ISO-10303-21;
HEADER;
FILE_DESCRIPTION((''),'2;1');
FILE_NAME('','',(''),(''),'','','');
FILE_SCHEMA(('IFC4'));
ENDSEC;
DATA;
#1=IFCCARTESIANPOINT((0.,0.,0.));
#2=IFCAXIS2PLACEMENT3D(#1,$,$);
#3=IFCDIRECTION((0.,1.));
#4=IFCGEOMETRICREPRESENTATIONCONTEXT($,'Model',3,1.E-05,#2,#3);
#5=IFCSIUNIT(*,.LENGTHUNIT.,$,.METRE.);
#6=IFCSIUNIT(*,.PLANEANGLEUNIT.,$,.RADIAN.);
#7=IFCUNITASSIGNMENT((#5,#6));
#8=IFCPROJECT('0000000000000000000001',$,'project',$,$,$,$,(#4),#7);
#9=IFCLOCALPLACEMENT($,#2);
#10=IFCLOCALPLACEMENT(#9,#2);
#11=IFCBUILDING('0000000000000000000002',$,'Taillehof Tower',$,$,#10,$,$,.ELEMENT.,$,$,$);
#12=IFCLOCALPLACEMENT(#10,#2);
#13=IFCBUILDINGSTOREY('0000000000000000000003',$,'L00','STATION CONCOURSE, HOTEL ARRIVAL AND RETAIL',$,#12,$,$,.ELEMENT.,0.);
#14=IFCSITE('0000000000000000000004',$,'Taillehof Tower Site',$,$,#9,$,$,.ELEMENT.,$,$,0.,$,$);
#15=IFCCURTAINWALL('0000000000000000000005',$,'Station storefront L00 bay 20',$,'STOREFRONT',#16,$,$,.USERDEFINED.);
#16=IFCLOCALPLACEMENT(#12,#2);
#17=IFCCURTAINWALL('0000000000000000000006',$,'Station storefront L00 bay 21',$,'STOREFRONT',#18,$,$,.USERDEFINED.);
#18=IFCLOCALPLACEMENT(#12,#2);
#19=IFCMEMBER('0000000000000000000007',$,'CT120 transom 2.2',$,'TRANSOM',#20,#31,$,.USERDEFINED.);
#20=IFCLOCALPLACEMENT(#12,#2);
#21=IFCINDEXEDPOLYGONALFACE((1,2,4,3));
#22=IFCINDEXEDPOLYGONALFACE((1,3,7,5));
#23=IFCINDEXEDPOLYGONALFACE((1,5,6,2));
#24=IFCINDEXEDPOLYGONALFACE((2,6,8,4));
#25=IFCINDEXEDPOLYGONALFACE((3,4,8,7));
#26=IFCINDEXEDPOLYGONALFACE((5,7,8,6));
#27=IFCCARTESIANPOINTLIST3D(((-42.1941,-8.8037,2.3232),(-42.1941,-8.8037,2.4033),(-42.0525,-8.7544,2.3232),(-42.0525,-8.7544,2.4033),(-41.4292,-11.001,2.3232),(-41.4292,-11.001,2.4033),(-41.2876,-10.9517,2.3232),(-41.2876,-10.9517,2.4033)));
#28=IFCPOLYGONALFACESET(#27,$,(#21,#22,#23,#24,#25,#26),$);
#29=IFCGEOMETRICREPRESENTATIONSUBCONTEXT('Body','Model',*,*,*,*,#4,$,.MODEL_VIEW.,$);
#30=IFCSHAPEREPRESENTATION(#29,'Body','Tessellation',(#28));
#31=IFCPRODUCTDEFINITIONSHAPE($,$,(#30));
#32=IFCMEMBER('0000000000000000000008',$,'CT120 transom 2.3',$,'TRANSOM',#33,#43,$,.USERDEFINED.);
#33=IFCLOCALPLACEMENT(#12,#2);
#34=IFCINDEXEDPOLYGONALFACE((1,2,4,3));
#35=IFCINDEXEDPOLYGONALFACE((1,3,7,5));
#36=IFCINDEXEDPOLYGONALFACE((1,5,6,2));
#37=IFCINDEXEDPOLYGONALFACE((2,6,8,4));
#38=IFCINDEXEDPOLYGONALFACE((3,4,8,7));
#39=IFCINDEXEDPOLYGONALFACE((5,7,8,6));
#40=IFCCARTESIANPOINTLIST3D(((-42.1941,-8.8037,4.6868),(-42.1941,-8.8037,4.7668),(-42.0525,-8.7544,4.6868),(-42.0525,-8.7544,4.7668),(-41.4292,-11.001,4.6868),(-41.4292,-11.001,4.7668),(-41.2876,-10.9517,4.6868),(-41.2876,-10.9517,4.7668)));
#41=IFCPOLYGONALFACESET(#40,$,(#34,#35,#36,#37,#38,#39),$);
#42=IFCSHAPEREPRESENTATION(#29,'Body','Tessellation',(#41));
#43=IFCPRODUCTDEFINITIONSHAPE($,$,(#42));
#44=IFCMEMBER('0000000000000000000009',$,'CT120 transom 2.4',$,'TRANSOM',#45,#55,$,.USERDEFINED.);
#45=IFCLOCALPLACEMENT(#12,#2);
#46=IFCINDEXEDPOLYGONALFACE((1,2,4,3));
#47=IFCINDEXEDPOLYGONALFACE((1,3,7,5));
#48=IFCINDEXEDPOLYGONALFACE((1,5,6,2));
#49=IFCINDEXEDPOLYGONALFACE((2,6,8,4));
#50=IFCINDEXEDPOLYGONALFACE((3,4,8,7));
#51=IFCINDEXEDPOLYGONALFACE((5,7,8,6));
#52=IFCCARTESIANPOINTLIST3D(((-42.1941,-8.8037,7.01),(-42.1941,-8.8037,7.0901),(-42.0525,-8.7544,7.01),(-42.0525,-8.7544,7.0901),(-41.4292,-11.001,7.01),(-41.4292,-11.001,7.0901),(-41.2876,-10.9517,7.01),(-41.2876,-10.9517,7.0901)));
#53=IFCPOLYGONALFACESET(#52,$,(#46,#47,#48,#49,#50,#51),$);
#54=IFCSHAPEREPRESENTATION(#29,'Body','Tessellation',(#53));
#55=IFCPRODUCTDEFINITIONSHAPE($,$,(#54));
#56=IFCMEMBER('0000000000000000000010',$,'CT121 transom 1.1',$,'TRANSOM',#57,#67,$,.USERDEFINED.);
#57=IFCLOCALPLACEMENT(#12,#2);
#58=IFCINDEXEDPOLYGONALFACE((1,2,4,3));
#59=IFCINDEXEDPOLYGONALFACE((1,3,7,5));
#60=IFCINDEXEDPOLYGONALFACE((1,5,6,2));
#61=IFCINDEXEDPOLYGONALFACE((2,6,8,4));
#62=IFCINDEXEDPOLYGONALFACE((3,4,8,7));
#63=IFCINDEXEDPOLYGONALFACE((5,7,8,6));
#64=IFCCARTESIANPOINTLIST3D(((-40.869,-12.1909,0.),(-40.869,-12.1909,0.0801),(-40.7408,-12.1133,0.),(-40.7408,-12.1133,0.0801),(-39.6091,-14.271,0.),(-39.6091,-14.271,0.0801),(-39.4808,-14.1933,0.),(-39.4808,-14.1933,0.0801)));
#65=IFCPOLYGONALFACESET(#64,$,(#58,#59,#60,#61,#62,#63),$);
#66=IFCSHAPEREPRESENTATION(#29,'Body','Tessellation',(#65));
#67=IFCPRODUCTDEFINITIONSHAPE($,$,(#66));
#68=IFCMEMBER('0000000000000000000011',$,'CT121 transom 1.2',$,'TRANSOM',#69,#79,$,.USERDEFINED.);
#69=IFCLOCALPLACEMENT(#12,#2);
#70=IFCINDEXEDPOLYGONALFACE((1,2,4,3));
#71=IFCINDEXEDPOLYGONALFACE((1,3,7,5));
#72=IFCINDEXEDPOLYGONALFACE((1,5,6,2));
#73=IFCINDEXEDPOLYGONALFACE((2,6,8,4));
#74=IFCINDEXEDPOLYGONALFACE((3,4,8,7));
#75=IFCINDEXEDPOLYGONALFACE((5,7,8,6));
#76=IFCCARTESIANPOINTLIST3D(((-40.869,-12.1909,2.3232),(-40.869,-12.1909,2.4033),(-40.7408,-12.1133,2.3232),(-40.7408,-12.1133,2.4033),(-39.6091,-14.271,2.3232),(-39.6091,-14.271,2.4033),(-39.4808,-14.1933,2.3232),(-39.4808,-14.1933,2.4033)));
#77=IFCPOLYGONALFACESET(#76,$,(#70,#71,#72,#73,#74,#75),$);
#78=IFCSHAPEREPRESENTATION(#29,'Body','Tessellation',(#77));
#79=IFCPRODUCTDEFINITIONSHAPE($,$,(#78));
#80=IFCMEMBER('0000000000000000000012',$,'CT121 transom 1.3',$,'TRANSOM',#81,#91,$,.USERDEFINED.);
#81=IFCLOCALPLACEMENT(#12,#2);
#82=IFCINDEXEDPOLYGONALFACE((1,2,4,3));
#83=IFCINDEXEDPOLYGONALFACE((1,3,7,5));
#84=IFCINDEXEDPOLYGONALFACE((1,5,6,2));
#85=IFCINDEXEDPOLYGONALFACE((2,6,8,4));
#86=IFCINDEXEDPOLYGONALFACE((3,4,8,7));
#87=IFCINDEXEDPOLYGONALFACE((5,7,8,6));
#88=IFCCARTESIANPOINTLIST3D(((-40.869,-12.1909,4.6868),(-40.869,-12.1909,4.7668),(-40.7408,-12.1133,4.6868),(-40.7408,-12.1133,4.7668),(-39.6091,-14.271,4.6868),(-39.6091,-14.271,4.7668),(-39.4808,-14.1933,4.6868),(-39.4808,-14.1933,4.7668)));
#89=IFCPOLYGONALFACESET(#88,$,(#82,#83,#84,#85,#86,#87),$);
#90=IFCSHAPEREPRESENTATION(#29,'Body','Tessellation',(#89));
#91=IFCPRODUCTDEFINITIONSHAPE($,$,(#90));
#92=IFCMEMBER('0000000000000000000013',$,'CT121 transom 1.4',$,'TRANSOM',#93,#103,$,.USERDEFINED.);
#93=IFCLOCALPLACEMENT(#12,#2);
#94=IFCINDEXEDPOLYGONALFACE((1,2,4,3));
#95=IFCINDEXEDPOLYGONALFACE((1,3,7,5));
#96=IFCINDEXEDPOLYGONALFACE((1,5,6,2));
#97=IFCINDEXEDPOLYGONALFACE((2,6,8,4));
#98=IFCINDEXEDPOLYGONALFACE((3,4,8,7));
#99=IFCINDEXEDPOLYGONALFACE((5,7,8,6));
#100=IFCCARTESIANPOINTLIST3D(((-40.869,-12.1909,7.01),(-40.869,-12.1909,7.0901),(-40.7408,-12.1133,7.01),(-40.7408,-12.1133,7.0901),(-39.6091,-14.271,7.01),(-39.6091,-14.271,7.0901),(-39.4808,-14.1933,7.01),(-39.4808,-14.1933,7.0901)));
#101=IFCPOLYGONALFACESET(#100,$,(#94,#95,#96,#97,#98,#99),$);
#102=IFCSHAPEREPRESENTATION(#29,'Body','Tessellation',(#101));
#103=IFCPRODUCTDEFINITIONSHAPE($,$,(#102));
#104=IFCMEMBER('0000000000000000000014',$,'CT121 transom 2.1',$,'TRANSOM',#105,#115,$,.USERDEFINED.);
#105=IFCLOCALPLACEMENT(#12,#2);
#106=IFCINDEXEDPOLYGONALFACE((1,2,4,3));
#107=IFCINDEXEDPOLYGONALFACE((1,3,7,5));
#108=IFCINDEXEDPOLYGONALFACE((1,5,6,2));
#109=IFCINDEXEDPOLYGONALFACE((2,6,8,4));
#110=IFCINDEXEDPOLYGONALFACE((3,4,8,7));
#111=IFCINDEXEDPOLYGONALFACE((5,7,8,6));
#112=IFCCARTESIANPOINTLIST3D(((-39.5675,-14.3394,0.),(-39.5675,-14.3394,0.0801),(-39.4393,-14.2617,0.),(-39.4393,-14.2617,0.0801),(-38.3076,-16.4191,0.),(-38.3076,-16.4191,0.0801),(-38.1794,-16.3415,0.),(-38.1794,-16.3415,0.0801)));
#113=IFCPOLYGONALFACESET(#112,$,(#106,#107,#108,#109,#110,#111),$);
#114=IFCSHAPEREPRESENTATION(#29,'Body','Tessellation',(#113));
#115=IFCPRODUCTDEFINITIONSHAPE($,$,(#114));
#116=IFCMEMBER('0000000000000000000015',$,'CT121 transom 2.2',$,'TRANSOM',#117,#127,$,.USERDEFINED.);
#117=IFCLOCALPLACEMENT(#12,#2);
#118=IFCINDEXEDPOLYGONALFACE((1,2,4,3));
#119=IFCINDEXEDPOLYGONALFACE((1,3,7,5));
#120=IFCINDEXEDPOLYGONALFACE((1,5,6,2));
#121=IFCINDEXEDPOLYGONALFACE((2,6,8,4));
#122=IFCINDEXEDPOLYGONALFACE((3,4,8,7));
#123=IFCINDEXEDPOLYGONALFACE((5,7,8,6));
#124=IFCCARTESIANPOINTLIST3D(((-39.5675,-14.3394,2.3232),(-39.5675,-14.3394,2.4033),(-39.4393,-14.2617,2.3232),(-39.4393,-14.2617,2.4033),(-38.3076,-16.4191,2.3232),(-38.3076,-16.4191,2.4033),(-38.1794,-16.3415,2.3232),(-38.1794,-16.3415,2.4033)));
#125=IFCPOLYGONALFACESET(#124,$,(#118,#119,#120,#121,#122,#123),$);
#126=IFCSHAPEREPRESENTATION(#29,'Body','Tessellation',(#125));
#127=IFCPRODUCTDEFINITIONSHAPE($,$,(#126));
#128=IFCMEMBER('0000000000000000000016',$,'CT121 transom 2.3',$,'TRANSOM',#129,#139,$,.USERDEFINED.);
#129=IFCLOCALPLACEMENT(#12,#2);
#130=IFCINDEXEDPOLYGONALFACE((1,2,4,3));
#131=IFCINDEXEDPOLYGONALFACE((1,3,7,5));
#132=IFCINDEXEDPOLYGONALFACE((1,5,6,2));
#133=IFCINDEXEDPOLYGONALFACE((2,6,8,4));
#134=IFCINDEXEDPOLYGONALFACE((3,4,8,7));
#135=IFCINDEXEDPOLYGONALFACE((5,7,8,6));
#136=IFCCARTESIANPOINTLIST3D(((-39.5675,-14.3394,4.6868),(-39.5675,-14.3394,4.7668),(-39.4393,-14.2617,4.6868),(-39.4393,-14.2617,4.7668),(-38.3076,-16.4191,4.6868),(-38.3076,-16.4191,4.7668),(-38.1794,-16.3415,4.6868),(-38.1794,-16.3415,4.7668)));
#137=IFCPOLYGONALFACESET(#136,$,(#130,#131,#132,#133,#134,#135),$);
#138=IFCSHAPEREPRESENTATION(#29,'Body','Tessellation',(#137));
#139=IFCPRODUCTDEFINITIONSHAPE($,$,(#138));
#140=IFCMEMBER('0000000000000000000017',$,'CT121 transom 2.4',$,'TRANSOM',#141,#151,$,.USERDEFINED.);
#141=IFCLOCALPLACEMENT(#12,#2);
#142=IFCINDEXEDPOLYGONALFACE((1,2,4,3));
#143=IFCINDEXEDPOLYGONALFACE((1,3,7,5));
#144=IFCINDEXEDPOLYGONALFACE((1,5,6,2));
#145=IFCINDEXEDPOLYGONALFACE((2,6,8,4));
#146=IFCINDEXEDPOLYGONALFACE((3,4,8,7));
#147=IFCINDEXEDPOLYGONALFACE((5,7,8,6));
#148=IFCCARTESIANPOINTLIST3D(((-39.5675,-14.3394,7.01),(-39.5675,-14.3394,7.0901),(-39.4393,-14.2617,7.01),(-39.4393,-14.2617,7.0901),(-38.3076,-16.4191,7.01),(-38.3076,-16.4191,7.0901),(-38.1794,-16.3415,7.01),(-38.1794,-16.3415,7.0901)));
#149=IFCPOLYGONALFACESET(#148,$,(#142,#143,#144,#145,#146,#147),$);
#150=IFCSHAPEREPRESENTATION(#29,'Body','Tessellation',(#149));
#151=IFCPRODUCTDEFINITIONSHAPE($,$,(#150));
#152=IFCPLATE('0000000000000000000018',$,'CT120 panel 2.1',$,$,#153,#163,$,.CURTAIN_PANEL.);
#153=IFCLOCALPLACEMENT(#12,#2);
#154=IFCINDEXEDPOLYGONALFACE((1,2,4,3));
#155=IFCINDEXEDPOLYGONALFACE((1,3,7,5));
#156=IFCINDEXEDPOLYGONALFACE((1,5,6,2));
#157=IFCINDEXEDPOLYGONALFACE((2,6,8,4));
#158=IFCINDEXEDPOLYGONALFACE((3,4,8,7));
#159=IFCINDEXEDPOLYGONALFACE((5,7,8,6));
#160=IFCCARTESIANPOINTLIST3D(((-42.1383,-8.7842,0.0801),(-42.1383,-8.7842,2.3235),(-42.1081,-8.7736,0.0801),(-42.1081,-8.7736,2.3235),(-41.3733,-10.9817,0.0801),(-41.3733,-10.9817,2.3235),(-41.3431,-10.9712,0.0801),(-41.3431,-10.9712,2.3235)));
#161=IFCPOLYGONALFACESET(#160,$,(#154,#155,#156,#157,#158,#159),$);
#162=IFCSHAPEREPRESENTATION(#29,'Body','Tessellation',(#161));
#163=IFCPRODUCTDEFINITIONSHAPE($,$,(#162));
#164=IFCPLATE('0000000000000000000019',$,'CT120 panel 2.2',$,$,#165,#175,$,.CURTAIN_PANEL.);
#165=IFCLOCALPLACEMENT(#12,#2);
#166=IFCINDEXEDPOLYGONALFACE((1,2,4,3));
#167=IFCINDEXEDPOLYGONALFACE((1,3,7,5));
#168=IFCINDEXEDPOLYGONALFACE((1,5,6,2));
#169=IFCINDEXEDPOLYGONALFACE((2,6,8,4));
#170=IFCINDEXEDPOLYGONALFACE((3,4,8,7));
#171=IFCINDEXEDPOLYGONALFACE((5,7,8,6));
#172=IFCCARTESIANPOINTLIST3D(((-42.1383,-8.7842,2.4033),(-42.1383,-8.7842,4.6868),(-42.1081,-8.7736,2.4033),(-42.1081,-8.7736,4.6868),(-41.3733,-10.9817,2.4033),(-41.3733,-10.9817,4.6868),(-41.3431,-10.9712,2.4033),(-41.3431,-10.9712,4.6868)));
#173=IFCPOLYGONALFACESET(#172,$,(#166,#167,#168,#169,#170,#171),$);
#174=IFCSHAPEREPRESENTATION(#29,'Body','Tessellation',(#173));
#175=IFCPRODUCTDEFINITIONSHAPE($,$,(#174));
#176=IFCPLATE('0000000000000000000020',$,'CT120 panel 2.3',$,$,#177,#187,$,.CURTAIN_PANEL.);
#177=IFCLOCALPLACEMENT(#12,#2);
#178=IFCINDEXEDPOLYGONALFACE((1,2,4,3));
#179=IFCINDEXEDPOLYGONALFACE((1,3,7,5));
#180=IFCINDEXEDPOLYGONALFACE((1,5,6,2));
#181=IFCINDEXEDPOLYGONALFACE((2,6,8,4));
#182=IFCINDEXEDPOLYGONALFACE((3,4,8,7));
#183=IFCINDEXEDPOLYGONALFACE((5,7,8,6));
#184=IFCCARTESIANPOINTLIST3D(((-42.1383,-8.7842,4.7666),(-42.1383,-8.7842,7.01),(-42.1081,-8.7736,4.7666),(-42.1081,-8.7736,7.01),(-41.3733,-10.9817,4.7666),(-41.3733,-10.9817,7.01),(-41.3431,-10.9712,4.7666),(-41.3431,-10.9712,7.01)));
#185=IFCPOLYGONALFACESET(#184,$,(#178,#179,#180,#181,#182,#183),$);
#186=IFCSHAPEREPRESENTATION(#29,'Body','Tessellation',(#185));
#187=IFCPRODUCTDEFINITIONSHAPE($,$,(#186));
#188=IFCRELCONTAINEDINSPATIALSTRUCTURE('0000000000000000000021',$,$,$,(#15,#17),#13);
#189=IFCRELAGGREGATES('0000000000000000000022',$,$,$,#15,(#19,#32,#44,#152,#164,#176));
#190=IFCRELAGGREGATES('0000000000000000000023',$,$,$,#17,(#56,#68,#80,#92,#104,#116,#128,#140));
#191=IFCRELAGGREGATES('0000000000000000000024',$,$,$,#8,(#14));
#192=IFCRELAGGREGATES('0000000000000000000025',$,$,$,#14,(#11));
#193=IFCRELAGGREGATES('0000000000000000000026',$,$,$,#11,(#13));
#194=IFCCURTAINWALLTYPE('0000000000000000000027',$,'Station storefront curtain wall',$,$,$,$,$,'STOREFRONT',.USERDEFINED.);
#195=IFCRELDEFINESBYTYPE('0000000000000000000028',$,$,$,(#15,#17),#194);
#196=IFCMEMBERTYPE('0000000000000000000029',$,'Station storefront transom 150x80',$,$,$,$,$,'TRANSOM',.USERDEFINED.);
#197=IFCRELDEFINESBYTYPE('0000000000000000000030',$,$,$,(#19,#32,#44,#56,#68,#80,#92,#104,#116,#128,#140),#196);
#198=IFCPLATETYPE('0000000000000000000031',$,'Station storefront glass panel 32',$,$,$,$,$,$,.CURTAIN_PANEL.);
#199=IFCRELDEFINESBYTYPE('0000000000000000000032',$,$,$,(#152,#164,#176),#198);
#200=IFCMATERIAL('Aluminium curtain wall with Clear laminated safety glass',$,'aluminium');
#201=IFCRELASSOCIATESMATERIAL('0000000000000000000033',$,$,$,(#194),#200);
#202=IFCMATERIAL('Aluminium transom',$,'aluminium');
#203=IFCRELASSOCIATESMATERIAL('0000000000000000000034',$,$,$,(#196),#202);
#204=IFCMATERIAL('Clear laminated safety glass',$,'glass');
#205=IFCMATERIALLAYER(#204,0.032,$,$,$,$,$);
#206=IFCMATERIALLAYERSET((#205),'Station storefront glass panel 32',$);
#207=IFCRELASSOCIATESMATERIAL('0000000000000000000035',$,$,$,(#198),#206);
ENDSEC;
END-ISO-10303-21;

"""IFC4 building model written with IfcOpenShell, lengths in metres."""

from ifc_helpers import new_model, si_unit, direction, frame, origin, origin_2d, place, context, subcontext, project, spatial, rectangle, extrude, material, layer, layer_set, material_profile, profile_set, type_object, element, aggregate, save


model = new_model("IFC4")

# Units and contexts
model_context = context("Model", 3, precision=1e-05, world=origin(), true_north=direction((0.0, 1.0)))
body_context = subcontext(model_context, "Body", "Model", "MODEL_VIEW")
ifc_project = project(units=[si_unit("LENGTHUNIT", "METRE"), si_unit("PLANEANGLEUNIT", "RADIAN")], contexts=[model_context])

# Site, building, storey
site_placement = place(None, origin())
site = spatial("IfcSite", under=ifc_project, at=site_placement, Name="Taillehof Tower Site", CompositionType="ELEMENT", RefElevation=0.0)
building_placement = place(site_placement, origin())
building = spatial("IfcBuilding", under=site, at=building_placement, Name="Taillehof Tower", CompositionType="ELEMENT")
storey_placement = place(building_placement, origin())
storey = spatial("IfcBuildingStorey", under=building, at=storey_placement, Name="L00", Description="STATION CONCOURSE, HOTEL ARRIVAL AND RETAIL", CompositionType="ELEMENT", Elevation=0.0)

# Curtain walls
ifc_material_1 = material(Name="Aluminium curtain wall with Clear laminated safety glass", Category="aluminium")
curtain_wall_type = type_object("IfcCurtainWallType", Name="Station storefront curtain wall", ElementType="STOREFRONT", PredefinedType="USERDEFINED", material=ifc_material_1)
curtain_wall_1_placement = place(storey_placement, origin())
curtain_wall_1 = element("IfcCurtainWall", 1, at=curtain_wall_1_placement, inside=storey, type_object=curtain_wall_type, Name="Station storefront L00 bay 20", ObjectType="STOREFRONT", PredefinedType="USERDEFINED")
curtain_wall_2_placement = place(storey_placement, origin())
curtain_wall_2 = element("IfcCurtainWall", 2, at=curtain_wall_2_placement, inside=storey, type_object=curtain_wall_type, Name="Station storefront L00 bay 21", ObjectType="STOREFRONT", PredefinedType="USERDEFINED")

# Members
ifc_material_2 = material(Name="Aluminium transom", Category="aluminium")
ifc_material_profile_1 = material_profile(ifc_material_2, rectangle(XDim=0.1499, YDim=0.0801, at=origin_2d()), Name="AL 150x80")
ifc_profile_set_1 = profile_set([ifc_material_profile_1], Name="Aluminium transom")
member_type_1 = type_object("IfcMemberType", Name="Station storefront transom 150x80", ElementType="TRANSOM", PredefinedType="USERDEFINED", material=ifc_profile_set_1)
member_1_placement = place(storey_placement, frame((-42.1233, -8.7791, 2.3633), z_axis=(0.328761, -0.944413, 0.0), x_axis=(0.944413, 0.328761, 0.0)))
member_1 = element("IfcMember", 3, at=member_1_placement, type_object=member_type_1, Name="CT120 transom 2.2", ObjectType="TRANSOM", PredefinedType="USERDEFINED", context=body_context, shape_type="SweptSolid", body=[
    extrude(rectangle(XDim=0.1499, YDim=0.0801, at=origin_2d()), origin(), (0.0, 0.0, 1.0), 2.3267),
])
member_2_placement = place(storey_placement, frame((-42.1233, -8.7791, 4.7268), z_axis=(0.328761, -0.944413, 0.0), x_axis=(0.944413, 0.328761, 0.0)))
member_2 = element("IfcMember", 4, at=member_2_placement, type_object=member_type_1, Name="CT120 transom 2.3", ObjectType="TRANSOM", PredefinedType="USERDEFINED", context=body_context, shape_type="SweptSolid", body=[
    extrude(rectangle(XDim=0.1499, YDim=0.0801, at=origin_2d()), origin(), (0.0, 0.0, 1.0), 2.3267),
])
member_3_placement = place(storey_placement, frame((-42.1233, -8.7791, 7.05), z_axis=(0.328761, -0.944413, 0.0), x_axis=(0.944413, 0.328761, 0.0)))
member_3 = element("IfcMember", 5, at=member_3_placement, type_object=member_type_1, Name="CT120 transom 2.4", ObjectType="TRANSOM", PredefinedType="USERDEFINED", context=body_context, shape_type="SweptSolid", body=[
    extrude(rectangle(XDim=0.1499, YDim=0.0801, at=origin_2d()), origin(), (0.0, 0.0, 1.0), 2.3267),
])
member_4_placement = place(storey_placement, frame((-40.8049, -12.1521, 0.04), z_axis=(0.518108, -0.855315, 0.0), x_axis=(0.855315, 0.518108, 0.0)))
member_4 = element("IfcMember", 6, at=member_4_placement, type_object=member_type_1, Name="CT121 transom 1.1", ObjectType="TRANSOM", PredefinedType="USERDEFINED", context=body_context, shape_type="SweptSolid", body=[
    extrude(rectangle(XDim=0.1499, YDim=0.0801, at=origin_2d()), origin(), (0.0, 0.0, 1.0), 2.4319),
])
member_5_placement = place(storey_placement, frame((-40.8049, -12.1521, 2.3633), z_axis=(0.518108, -0.855315, 0.0), x_axis=(0.855315, 0.518108, 0.0)))
member_5 = element("IfcMember", 7, at=member_5_placement, type_object=member_type_1, Name="CT121 transom 1.2", ObjectType="TRANSOM", PredefinedType="USERDEFINED", context=body_context, shape_type="SweptSolid", body=[
    extrude(rectangle(XDim=0.1499, YDim=0.0801, at=origin_2d()), origin(), (0.0, 0.0, 1.0), 2.4319),
])
member_6_placement = place(storey_placement, frame((-40.8049, -12.1521, 4.7268), z_axis=(0.518108, -0.855315, 0.0), x_axis=(0.855315, 0.518108, 0.0)))
member_6 = element("IfcMember", 8, at=member_6_placement, type_object=member_type_1, Name="CT121 transom 1.3", ObjectType="TRANSOM", PredefinedType="USERDEFINED", context=body_context, shape_type="SweptSolid", body=[
    extrude(rectangle(XDim=0.1499, YDim=0.0801, at=origin_2d()), origin(), (0.0, 0.0, 1.0), 2.4319),
])
member_7_placement = place(storey_placement, frame((-40.8049, -12.1521, 7.05), z_axis=(0.518108, -0.855315, 0.0), x_axis=(0.855315, 0.518108, 0.0)))
member_7 = element("IfcMember", 9, at=member_7_placement, type_object=member_type_1, Name="CT121 transom 1.4", ObjectType="TRANSOM", PredefinedType="USERDEFINED", context=body_context, shape_type="SweptSolid", body=[
    extrude(rectangle(XDim=0.1499, YDim=0.0801, at=origin_2d()), origin(), (0.0, 0.0, 1.0), 2.4319),
])
member_8_placement = place(storey_placement, frame((-39.5034, -14.3005, 0.04), z_axis=(0.518153, -0.855288, 0.0), x_axis=(0.855288, 0.518153, 0.0)))
member_8 = element("IfcMember", 10, at=member_8_placement, type_object=member_type_1, Name="CT121 transom 2.1", ObjectType="TRANSOM", PredefinedType="USERDEFINED", context=body_context, shape_type="SweptSolid", body=[
    extrude(rectangle(XDim=0.1499, YDim=0.0801, at=origin_2d()), origin(), (0.0, 0.0, 1.0), 2.4316),
])
member_9_placement = place(storey_placement, frame((-39.5034, -14.3005, 2.3633), z_axis=(0.518153, -0.855288, 0.0), x_axis=(0.855288, 0.518153, 0.0)))
member_9 = element("IfcMember", 11, at=member_9_placement, type_object=member_type_1, Name="CT121 transom 2.2", ObjectType="TRANSOM", PredefinedType="USERDEFINED", context=body_context, shape_type="SweptSolid", body=[
    extrude(rectangle(XDim=0.1499, YDim=0.0801, at=origin_2d()), origin(), (0.0, 0.0, 1.0), 2.4316),
])
member_10_placement = place(storey_placement, frame((-39.5034, -14.3005, 4.7268), z_axis=(0.518153, -0.855288, 0.0), x_axis=(0.855288, 0.518153, 0.0)))
member_10 = element("IfcMember", 12, at=member_10_placement, type_object=member_type_1, Name="CT121 transom 2.3", ObjectType="TRANSOM", PredefinedType="USERDEFINED", context=body_context, shape_type="SweptSolid", body=[
    extrude(rectangle(XDim=0.1499, YDim=0.0801, at=origin_2d()), origin(), (0.0, 0.0, 1.0), 2.4316),
])
member_11_placement = place(storey_placement, frame((-39.5034, -14.3005, 7.05), z_axis=(0.518153, -0.855288, 0.0), x_axis=(0.855288, 0.518153, 0.0)))
member_11 = element("IfcMember", 13, at=member_11_placement, type_object=member_type_1, Name="CT121 transom 2.4", ObjectType="TRANSOM", PredefinedType="USERDEFINED", context=body_context, shape_type="SweptSolid", body=[
    extrude(rectangle(XDim=0.1499, YDim=0.0801, at=origin_2d()), origin(), (0.0, 0.0, 1.0), 2.4316),
])

# Plates
ifc_material_3 = material(Name="Clear laminated safety glass", Category="glass")
ifc_layer_1 = layer(ifc_material_3, 0.032)
ifc_layer_set_1 = layer_set([ifc_layer_1], Name="Station storefront glass panel 32")
plate_type = type_object("IfcPlateType", Name="Station storefront glass panel 32", PredefinedType="CURTAIN_PANEL", material=ifc_layer_set_1)
plate_1_placement = place(storey_placement, frame((-41.7407, -9.8777, 0.0801), z_axis=(0.0, 0.0, 1.0), x_axis=(0.328758, -0.944414, 0.0)))
plate_1 = element("IfcPlate", 14, at=plate_1_placement, type_object=plate_type, Name="CT120 panel 2.1", PredefinedType="CURTAIN_PANEL", context=body_context, shape_type="SweptSolid", body=[
    extrude(rectangle(XDim=2.3269, YDim=0.032, at=origin_2d()), origin(), (0.0, 0.0, 1.0), 2.2434),
])
plate_2_placement = place(storey_placement, frame((-41.7407, -9.8777, 2.4033), z_axis=(0.0, 0.0, 1.0), x_axis=(0.328758, -0.944414, 0.0)))
plate_2 = element("IfcPlate", 15, at=plate_2_placement, type_object=plate_type, Name="CT120 panel 2.2", PredefinedType="CURTAIN_PANEL", context=body_context, shape_type="SweptSolid", body=[
    extrude(rectangle(XDim=2.3269, YDim=0.032, at=origin_2d()), origin(), (0.0, 0.0, 1.0), 2.2834),
])
plate_3_placement = place(storey_placement, frame((-41.7407, -9.8777, 4.7666), z_axis=(0.0, 0.0, 1.0), x_axis=(0.328758, -0.944414, 0.0)))
plate_3 = element("IfcPlate", 16, at=plate_3_placement, type_object=plate_type, Name="CT120 panel 2.3", PredefinedType="CURTAIN_PANEL", context=body_context, shape_type="SweptSolid", body=[
    extrude(rectangle(XDim=2.3269, YDim=0.032, at=origin_2d()), origin(), (0.0, 0.0, 1.0), 2.2434),
])
aggregate(curtain_wall_1, [member_1, member_2, member_3, plate_1, plate_2, plate_3])
aggregate(curtain_wall_2, [member_4, member_5, member_6, member_7, member_8, member_9, member_10, member_11])

save(model, "model.ifc")
